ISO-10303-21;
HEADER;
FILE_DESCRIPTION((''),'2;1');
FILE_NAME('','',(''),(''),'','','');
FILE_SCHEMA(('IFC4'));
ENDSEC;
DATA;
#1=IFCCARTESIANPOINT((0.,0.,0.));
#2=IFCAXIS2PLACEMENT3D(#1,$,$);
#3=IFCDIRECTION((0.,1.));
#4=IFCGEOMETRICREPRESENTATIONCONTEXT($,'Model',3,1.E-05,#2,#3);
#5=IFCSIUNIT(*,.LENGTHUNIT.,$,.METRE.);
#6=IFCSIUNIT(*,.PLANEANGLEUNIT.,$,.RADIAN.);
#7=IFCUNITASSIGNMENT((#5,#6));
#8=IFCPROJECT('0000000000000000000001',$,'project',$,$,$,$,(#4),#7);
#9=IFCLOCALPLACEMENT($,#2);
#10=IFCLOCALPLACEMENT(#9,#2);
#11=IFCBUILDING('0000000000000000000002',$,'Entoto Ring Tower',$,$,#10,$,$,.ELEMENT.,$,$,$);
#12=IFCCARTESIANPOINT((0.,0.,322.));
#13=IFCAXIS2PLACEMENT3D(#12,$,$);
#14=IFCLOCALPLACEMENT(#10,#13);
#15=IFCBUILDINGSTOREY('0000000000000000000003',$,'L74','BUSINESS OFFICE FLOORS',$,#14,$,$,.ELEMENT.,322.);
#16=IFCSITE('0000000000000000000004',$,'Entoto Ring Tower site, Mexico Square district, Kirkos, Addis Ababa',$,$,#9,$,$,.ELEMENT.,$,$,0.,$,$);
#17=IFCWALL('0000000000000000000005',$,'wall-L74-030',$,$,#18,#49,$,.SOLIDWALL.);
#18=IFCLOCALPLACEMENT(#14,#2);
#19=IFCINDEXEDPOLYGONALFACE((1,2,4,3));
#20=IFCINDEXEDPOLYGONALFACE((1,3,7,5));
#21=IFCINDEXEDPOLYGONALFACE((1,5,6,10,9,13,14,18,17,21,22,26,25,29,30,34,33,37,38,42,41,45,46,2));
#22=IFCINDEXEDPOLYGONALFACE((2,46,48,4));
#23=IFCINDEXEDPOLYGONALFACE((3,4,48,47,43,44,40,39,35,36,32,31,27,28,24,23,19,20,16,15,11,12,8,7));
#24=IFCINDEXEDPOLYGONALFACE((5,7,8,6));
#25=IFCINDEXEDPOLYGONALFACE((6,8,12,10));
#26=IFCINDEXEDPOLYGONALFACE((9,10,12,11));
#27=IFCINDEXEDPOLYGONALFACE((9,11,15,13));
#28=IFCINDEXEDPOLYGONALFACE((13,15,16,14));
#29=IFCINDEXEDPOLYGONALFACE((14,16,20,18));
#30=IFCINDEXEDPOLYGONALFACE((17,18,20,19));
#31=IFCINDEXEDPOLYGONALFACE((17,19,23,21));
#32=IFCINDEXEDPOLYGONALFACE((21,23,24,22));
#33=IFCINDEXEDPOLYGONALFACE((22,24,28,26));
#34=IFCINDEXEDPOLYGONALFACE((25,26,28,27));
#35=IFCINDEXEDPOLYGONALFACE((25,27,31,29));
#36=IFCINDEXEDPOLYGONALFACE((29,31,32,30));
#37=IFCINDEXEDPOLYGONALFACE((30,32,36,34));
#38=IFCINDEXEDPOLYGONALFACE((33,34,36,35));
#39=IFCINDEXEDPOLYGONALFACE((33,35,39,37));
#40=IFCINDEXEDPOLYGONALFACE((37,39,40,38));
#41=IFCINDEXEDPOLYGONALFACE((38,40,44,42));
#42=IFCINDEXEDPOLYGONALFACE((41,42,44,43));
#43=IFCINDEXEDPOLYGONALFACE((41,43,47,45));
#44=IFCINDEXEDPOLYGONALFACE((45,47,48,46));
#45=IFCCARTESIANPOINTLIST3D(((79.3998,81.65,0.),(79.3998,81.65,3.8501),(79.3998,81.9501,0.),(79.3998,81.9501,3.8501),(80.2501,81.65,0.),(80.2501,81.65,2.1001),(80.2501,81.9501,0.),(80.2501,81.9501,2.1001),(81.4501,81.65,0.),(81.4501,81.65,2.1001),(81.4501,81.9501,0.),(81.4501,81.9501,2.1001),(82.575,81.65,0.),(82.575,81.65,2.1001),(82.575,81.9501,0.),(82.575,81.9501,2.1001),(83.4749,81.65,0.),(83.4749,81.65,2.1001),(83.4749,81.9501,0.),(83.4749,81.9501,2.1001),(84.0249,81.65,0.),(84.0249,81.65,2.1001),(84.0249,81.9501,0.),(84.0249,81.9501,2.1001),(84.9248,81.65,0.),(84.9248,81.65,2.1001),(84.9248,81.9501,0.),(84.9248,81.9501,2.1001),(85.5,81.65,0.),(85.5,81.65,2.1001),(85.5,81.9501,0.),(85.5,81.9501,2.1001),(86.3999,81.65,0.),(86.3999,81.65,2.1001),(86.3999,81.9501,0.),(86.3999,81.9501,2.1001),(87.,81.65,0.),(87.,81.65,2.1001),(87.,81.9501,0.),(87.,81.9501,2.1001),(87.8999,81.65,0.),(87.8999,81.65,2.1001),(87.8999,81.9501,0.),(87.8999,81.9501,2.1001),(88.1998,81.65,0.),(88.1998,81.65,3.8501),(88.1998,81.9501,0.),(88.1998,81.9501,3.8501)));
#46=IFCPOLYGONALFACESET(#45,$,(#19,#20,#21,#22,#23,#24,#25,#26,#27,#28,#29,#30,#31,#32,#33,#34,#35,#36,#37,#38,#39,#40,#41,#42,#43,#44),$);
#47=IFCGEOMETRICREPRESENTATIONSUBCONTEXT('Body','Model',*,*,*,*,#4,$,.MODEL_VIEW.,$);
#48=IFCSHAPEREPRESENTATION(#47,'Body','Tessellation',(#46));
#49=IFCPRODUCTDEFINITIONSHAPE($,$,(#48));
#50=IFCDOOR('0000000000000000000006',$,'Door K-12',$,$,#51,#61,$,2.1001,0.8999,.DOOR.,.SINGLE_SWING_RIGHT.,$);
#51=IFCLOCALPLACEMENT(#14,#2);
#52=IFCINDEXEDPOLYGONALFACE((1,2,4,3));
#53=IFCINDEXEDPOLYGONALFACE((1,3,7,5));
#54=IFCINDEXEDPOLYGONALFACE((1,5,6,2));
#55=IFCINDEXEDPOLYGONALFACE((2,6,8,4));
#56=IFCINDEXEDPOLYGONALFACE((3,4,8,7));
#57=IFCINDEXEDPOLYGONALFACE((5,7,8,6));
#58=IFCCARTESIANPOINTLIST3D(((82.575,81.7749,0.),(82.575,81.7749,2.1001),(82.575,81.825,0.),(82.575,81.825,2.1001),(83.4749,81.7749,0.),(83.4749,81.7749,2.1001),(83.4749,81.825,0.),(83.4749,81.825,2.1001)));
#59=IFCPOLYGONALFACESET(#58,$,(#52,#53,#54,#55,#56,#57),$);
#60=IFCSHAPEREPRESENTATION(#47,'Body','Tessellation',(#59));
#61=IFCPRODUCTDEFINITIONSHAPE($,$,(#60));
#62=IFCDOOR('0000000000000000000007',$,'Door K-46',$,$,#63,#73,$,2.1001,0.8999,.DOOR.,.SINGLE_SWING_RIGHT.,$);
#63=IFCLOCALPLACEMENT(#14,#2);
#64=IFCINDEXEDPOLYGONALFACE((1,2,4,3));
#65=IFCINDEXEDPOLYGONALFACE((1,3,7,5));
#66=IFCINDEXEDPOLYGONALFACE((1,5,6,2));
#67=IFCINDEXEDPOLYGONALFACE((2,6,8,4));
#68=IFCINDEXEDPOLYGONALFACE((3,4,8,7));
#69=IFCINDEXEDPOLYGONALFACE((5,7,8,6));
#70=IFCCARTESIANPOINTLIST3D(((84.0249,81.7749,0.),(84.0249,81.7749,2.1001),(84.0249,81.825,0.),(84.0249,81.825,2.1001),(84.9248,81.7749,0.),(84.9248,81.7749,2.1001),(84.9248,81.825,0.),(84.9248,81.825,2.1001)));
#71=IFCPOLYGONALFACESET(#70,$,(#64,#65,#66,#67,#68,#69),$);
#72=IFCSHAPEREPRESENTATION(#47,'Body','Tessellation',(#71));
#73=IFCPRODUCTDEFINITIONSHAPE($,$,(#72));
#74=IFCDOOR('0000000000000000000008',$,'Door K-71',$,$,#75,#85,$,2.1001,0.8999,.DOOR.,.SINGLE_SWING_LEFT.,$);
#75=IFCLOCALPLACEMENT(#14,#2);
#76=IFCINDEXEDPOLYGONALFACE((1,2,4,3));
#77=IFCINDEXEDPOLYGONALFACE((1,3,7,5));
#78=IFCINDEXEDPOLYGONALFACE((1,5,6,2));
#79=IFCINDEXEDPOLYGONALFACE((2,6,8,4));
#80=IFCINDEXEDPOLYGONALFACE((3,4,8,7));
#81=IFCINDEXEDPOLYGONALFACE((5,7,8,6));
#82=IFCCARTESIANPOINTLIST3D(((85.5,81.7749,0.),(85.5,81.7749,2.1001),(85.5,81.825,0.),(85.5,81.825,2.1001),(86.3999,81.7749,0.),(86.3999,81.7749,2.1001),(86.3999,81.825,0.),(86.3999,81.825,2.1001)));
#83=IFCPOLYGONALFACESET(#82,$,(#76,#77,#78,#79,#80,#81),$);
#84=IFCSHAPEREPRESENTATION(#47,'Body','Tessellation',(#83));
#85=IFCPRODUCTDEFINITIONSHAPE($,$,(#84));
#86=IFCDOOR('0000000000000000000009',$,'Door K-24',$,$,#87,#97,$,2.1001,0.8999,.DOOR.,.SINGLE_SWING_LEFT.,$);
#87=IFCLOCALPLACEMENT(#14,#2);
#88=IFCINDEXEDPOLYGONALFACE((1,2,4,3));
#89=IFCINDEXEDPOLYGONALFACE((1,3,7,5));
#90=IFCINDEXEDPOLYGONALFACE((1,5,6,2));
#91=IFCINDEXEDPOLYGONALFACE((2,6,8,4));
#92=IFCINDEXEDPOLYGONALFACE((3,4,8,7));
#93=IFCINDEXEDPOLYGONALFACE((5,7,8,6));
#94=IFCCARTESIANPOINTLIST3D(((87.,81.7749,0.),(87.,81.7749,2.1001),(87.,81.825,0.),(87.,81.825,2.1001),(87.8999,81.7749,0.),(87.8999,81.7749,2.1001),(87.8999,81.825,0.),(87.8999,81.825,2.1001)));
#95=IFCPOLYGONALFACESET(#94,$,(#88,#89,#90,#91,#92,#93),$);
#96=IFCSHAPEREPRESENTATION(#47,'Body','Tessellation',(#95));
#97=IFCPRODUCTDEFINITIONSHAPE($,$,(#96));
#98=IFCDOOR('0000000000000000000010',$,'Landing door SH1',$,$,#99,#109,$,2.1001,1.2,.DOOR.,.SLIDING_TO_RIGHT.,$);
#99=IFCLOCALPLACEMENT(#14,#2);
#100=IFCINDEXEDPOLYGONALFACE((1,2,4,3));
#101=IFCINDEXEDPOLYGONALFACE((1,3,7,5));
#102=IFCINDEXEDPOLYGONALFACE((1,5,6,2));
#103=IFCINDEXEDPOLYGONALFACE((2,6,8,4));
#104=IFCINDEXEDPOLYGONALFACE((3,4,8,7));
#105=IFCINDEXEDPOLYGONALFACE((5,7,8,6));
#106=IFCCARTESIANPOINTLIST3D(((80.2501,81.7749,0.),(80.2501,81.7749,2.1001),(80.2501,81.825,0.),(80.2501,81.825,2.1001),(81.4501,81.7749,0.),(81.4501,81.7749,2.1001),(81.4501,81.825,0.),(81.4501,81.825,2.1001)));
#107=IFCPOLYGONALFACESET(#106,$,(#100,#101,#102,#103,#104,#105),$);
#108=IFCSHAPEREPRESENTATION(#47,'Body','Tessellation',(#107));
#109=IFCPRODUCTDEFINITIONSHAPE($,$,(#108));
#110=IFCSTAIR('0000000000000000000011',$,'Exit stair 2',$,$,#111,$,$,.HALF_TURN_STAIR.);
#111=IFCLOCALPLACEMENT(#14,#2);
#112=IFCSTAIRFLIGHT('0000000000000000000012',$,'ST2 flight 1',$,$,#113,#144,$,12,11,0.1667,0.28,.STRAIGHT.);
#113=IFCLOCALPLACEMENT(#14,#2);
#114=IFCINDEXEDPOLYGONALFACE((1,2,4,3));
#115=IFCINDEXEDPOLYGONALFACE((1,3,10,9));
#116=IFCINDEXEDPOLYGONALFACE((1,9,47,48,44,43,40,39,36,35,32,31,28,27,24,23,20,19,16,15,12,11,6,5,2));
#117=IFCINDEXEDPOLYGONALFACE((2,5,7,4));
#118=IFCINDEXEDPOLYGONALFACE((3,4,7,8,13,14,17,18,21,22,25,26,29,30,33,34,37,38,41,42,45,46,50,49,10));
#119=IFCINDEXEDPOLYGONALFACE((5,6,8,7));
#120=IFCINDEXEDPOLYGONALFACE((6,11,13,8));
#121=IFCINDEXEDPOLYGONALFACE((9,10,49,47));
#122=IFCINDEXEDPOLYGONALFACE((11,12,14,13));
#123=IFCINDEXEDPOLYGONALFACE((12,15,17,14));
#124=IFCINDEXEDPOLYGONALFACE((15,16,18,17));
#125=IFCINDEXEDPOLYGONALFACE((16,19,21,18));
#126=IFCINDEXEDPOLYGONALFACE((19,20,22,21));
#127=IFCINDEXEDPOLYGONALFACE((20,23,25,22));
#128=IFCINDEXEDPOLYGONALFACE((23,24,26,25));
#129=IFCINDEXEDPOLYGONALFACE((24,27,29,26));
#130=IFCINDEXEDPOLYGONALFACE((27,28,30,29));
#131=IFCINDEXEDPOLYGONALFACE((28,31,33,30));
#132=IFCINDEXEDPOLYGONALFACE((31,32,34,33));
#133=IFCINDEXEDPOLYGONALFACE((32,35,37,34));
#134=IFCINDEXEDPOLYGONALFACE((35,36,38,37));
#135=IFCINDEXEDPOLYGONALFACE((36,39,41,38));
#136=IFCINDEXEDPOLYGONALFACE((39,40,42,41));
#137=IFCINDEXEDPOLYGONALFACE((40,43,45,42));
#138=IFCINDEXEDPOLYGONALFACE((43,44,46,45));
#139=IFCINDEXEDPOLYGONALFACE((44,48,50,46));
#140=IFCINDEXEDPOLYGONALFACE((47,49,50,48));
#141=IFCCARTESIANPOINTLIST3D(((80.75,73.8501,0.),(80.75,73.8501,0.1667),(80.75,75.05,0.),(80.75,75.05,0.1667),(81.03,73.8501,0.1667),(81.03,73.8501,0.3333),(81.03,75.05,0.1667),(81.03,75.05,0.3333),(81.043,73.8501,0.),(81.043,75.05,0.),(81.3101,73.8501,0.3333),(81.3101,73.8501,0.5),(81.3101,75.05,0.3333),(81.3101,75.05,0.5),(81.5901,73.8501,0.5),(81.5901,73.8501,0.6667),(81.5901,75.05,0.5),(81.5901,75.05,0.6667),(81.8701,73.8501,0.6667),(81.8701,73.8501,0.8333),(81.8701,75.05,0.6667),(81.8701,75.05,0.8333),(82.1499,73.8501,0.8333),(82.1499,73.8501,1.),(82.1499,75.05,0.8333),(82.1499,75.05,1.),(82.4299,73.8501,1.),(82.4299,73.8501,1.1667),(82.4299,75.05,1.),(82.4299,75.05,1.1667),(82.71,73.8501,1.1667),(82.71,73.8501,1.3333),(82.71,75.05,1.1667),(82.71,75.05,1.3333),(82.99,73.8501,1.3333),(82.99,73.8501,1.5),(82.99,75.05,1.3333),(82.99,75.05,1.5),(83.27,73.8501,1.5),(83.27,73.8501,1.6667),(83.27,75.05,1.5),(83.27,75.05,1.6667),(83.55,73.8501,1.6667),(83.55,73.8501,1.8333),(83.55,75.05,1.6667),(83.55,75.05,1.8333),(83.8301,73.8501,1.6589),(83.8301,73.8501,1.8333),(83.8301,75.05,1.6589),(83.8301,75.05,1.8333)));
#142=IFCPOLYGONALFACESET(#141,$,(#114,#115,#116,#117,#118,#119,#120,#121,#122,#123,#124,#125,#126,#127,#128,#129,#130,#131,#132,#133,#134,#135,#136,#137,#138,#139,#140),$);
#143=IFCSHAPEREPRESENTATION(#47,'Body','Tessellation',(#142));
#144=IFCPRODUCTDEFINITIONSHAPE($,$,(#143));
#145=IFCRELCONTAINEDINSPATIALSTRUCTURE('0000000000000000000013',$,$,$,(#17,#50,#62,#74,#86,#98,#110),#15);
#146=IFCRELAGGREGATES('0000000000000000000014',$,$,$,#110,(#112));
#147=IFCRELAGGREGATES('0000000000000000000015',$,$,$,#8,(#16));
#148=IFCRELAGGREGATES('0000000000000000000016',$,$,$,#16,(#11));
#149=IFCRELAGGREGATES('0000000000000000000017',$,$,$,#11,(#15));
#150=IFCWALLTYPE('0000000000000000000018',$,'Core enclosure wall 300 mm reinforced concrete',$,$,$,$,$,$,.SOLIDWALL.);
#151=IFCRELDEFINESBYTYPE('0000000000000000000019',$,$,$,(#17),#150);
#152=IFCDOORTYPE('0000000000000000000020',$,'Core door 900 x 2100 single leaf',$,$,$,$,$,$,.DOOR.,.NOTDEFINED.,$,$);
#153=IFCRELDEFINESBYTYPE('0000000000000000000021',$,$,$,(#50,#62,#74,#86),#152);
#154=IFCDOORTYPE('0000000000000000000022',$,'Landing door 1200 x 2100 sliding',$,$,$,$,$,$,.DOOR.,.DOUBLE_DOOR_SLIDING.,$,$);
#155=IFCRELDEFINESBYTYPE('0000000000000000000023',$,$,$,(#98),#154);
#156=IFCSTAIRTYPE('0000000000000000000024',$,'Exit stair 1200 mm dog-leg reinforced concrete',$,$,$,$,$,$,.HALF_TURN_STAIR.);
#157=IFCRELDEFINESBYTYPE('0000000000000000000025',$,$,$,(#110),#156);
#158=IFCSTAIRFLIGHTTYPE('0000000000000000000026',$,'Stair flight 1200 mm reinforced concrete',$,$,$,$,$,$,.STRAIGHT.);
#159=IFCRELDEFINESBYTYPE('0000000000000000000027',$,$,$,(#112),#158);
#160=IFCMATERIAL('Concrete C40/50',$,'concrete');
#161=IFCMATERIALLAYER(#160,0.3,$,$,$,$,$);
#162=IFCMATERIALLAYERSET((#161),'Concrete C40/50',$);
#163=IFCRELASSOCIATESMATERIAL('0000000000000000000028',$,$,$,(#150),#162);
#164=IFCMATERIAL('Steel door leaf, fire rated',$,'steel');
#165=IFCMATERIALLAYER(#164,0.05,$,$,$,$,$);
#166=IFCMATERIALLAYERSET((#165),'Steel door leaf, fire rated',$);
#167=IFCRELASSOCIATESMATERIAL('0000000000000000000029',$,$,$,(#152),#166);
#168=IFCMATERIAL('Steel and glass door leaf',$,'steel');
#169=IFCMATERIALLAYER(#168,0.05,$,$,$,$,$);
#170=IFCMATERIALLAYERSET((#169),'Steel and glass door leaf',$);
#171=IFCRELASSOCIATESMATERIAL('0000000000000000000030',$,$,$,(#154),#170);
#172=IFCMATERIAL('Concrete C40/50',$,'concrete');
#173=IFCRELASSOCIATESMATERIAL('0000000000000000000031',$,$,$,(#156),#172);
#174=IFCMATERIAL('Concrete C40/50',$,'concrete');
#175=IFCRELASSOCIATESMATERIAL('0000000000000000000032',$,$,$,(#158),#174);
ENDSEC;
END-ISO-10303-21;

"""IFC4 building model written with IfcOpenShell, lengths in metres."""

from ifc_helpers import new_model, si_unit, direction, frame, frame_2d, origin, place, context, subcontext, project, spatial, polyline, rectangle, outline, extrude, material, layer, layer_set, type_object, element, fill, aggregate, save


model = new_model("IFC4")

# Units and contexts
model_context = context("Model", 3, precision=1e-05, world=origin(), true_north=direction((0.0, 1.0)))
body_context = subcontext(model_context, "Body", "Model", "MODEL_VIEW")
ifc_project = project(units=[si_unit("LENGTHUNIT", "METRE"), si_unit("PLANEANGLEUNIT", "RADIAN")], contexts=[model_context])

# Site, building, storey
site_placement = place(None, origin())
site = spatial("IfcSite", under=ifc_project, at=site_placement, Name="Entoto Ring Tower site, Mexico Square district, Kirkos, Addis Ababa", CompositionType="ELEMENT", RefElevation=0.0)
building_placement = place(site_placement, origin())
building = spatial("IfcBuilding", under=site, at=building_placement, Name="Entoto Ring Tower", CompositionType="ELEMENT")
storey_placement = place(building_placement, frame((0.0, 0.0, 322.0)))
storey = spatial("IfcBuildingStorey", under=building, at=storey_placement, Name="L74", Description="BUSINESS OFFICE FLOORS", CompositionType="ELEMENT", Elevation=322.0)

# Shared definitions
ifc_material_1 = material(Name="Concrete C40/50", Category="concrete")
ifc_layer_1 = layer(ifc_material_1, 0.3)
ifc_layer_set_1 = layer_set([ifc_layer_1], Name="Concrete C40/50")
wall_type = type_object("IfcWallType", Name="Core enclosure wall 300 mm reinforced concrete", PredefinedType="SOLIDWALL", material=ifc_layer_set_1)

# Wall, openings, doors
ifc_material_2 = material(Name="Steel door leaf, fire rated", Category="steel")
ifc_layer_2 = layer(ifc_material_2, 0.05)
ifc_layer_set_2 = layer_set([ifc_layer_2], Name="Steel door leaf, fire rated")
door_type_1 = type_object("IfcDoorType", Name="Core door 900 x 2100 single leaf", OperationType="NOTDEFINED", PredefinedType="DOOR", material=ifc_layer_set_2)
ifc_material_3 = material(Name="Steel and glass door leaf", Category="steel")
ifc_layer_3 = layer(ifc_material_3, 0.05)
ifc_layer_set_3 = layer_set([ifc_layer_3], Name="Steel and glass door leaf")
door_type_2 = type_object("IfcDoorType", Name="Landing door 1200 x 2100 sliding", OperationType="DOUBLE_DOOR_SLIDING", PredefinedType="DOOR", material=ifc_layer_set_3)
wall_1_placement = place(storey_placement, frame((79.3999, 81.8, 0.0), z_axis=(0.0, 0.0, 1.0), x_axis=(1.0, 0.0, 0.0)))
wall_1 = element("IfcWall", 1, at=wall_1_placement, inside=storey, type_object=wall_type, Name="wall-L74-030", PredefinedType="SOLIDWALL", context=body_context, shape_type="SweptSolid", body=[
    extrude(rectangle(XDim=8.8, YDim=0.3, at=frame_2d((4.3999, 0.0))), origin(), (0.0, 0.0, 1.0), 3.8501),
])
opening_1_placement = place(wall_1_placement, frame((0.8501, 0.0, 0.0)))
opening_1 = element("IfcOpeningElement", 2, at=opening_1_placement, cuts=wall_1, PredefinedType="OPENING", context=body_context, shape_type="SweptSolid", body=[
    extrude(rectangle(XDim=1.2, YDim=2.1001, at=frame_2d((0.6001, 1.05))), frame((0.0, 0.1602, 0.0), z_axis=(0.0, -1.0, 0.0), x_axis=(1.0, 0.0, 0.0)), (0.0, 0.0, 1.0), 0.3201),
])
opening_2_placement = place(wall_1_placement, frame((3.175, 0.0, 0.0)))
opening_2 = element("IfcOpeningElement", 3, at=opening_2_placement, cuts=wall_1, PredefinedType="OPENING", context=body_context, shape_type="SweptSolid", body=[
    extrude(rectangle(XDim=0.8999, YDim=2.1001, at=frame_2d((0.45, 1.05))), frame((0.0, 0.1602, 0.0), z_axis=(0.0, -1.0, 0.0), x_axis=(1.0, 0.0, 0.0)), (0.0, 0.0, 1.0), 0.3201),
])
opening_3_placement = place(wall_1_placement, frame((4.625, 0.0, 0.0)))
opening_3 = element("IfcOpeningElement", 4, at=opening_3_placement, cuts=wall_1, PredefinedType="OPENING", context=body_context, shape_type="SweptSolid", body=[
    extrude(rectangle(XDim=0.8999, YDim=2.1001, at=frame_2d((0.45, 1.05))), frame((0.0, 0.1602, 0.0), z_axis=(0.0, -1.0, 0.0), x_axis=(1.0, 0.0, 0.0)), (0.0, 0.0, 1.0), 0.3201),
])
opening_4_placement = place(wall_1_placement, frame((6.1001, 0.0, 0.0)))
opening_4 = element("IfcOpeningElement", 5, at=opening_4_placement, cuts=wall_1, PredefinedType="OPENING", context=body_context, shape_type="SweptSolid", body=[
    extrude(rectangle(XDim=0.8999, YDim=2.1001, at=frame_2d((0.45, 1.05))), frame((0.0, 0.1602, 0.0), z_axis=(0.0, -1.0, 0.0), x_axis=(1.0, 0.0, 0.0)), (0.0, 0.0, 1.0), 0.3201),
])
opening_5_placement = place(wall_1_placement, frame((7.6001, 0.0, 0.0)))
opening_5 = element("IfcOpeningElement", 6, at=opening_5_placement, cuts=wall_1, PredefinedType="OPENING", context=body_context, shape_type="SweptSolid", body=[
    extrude(rectangle(XDim=0.8999, YDim=2.1001, at=frame_2d((0.45, 1.05))), frame((0.0, 0.1602, 0.0), z_axis=(0.0, -1.0, 0.0), x_axis=(1.0, 0.0, 0.0)), (0.0, 0.0, 1.0), 0.3201),
])
door_1_placement = place(opening_2_placement, origin())
door_1 = element("IfcDoor", 7, at=door_1_placement, inside=storey, type_object=door_type_1, Name="Door K-12", OperationType="SINGLE_SWING_RIGHT", OverallHeight=2.1001, OverallWidth=0.8999, PredefinedType="DOOR", context=body_context, shape_type="SweptSolid", body=[
    extrude(rectangle(XDim=0.8999, YDim=2.1001, at=frame_2d((0.45, 1.05))), frame((0.0, 0.0249, 0.0), z_axis=(0.0, -1.0, 0.0), x_axis=(1.0, 0.0, 0.0)), (0.0, 0.0, 1.0), 0.05),
])
fill(opening_2, door_1)
door_2_placement = place(opening_3_placement, origin())
door_2 = element("IfcDoor", 8, at=door_2_placement, inside=storey, type_object=door_type_1, Name="Door K-46", OperationType="SINGLE_SWING_RIGHT", OverallHeight=2.1001, OverallWidth=0.8999, PredefinedType="DOOR", context=body_context, shape_type="SweptSolid", body=[
    extrude(rectangle(XDim=0.8999, YDim=2.1001, at=frame_2d((0.45, 1.05))), frame((0.0, 0.0249, 0.0), z_axis=(0.0, -1.0, 0.0), x_axis=(1.0, 0.0, 0.0)), (0.0, 0.0, 1.0), 0.05),
])
fill(opening_3, door_2)
door_3_placement = place(opening_4_placement, origin())
door_3 = element("IfcDoor", 9, at=door_3_placement, inside=storey, type_object=door_type_1, Name="Door K-71", OperationType="SINGLE_SWING_LEFT", OverallHeight=2.1001, OverallWidth=0.8999, PredefinedType="DOOR", context=body_context, shape_type="SweptSolid", body=[
    extrude(rectangle(XDim=0.8999, YDim=2.1001, at=frame_2d((0.45, 1.05))), frame((0.0, 0.0249, 0.0), z_axis=(0.0, -1.0, 0.0), x_axis=(1.0, 0.0, 0.0)), (0.0, 0.0, 1.0), 0.05),
])
fill(opening_4, door_3)
door_4_placement = place(opening_5_placement, origin())
door_4 = element("IfcDoor", 10, at=door_4_placement, inside=storey, type_object=door_type_1, Name="Door K-24", OperationType="SINGLE_SWING_LEFT", OverallHeight=2.1001, OverallWidth=0.8999, PredefinedType="DOOR", context=body_context, shape_type="SweptSolid", body=[
    extrude(rectangle(XDim=0.8999, YDim=2.1001, at=frame_2d((0.45, 1.05))), frame((0.0, 0.0249, 0.0), z_axis=(0.0, -1.0, 0.0), x_axis=(1.0, 0.0, 0.0)), (0.0, 0.0, 1.0), 0.05),
])
fill(opening_5, door_4)
door_5_placement = place(opening_1_placement, origin())
door_5 = element("IfcDoor", 11, at=door_5_placement, inside=storey, type_object=door_type_2, Name="Landing door SH1", OperationType="SLIDING_TO_RIGHT", OverallHeight=2.1001, OverallWidth=1.2, PredefinedType="DOOR", context=body_context, shape_type="SweptSolid", body=[
    extrude(rectangle(XDim=1.2, YDim=2.1001, at=frame_2d((0.6001, 1.05))), frame((0.0, 0.0249, 0.0), z_axis=(0.0, -1.0, 0.0), x_axis=(1.0, 0.0, 0.0)), (0.0, 0.0, 1.0), 0.05),
])
fill(opening_1, door_5)

# Stair, stair flight
ifc_material_4 = material(Name="Concrete C40/50", Category="concrete")
stair_type = type_object("IfcStairType", Name="Exit stair 1200 mm dog-leg reinforced concrete", PredefinedType="HALF_TURN_STAIR", material=ifc_material_4)
stair_placement = place(storey_placement, origin())
stair = element("IfcStair", 12, at=stair_placement, inside=storey, type_object=stair_type, Name="Exit stair 2", PredefinedType="HALF_TURN_STAIR")
ifc_material_5 = material(Name="Concrete C40/50", Category="concrete")
stair_flight_type = type_object("IfcStairFlightType", Name="Stair flight 1200 mm reinforced concrete", PredefinedType="STRAIGHT", material=ifc_material_5)
stair_flight_1_placement = place(storey_placement, frame((80.75, 74.45, 0.0), z_axis=(0.0, 0.0, 1.0), x_axis=(1.0, 0.0, 0.0)))
stair_flight_1 = element("IfcStairFlight", 13, at=stair_flight_1_placement, type_object=stair_flight_type, Name="ST2 flight 1", NumberOfRisers=12, NumberOfTreads=11, PredefinedType="STRAIGHT", RiserHeight=0.1667, TreadLength=0.28, context=body_context, shape_type="SweptSolid", body=[
    extrude(outline(polyline([(0.0, 0.0), (0.0, 0.1667), (0.28, 0.1667), (0.28, 0.3333), (0.5601, 0.3333), (0.5601, 0.5), (0.8401, 0.5), (0.8401, 0.6667), (1.1201, 0.6667), (1.1201, 0.8333), (1.3999, 0.8333), (1.3999, 1.0), (1.6799, 1.0), (1.6799, 1.1667), (1.96, 1.1667), (1.96, 1.3333), (2.24, 1.3333), (2.24, 1.5), (2.52, 1.5), (2.52, 1.6667), (2.8, 1.6667), (2.8, 1.8333), (3.0801, 1.8333), (3.0801, 2.0), (3.0801, 1.6589), (0.293, 0.0), (0.0, 0.0)])), frame((0.0, 0.6001, 0.0), z_axis=(0.0, -1.0, 0.0), x_axis=(1.0, 0.0, 0.0)), (0.0, 0.0, 1.0), 1.2),
])
aggregate(stair, [stair_flight_1])

save(model, "model.ifc")
